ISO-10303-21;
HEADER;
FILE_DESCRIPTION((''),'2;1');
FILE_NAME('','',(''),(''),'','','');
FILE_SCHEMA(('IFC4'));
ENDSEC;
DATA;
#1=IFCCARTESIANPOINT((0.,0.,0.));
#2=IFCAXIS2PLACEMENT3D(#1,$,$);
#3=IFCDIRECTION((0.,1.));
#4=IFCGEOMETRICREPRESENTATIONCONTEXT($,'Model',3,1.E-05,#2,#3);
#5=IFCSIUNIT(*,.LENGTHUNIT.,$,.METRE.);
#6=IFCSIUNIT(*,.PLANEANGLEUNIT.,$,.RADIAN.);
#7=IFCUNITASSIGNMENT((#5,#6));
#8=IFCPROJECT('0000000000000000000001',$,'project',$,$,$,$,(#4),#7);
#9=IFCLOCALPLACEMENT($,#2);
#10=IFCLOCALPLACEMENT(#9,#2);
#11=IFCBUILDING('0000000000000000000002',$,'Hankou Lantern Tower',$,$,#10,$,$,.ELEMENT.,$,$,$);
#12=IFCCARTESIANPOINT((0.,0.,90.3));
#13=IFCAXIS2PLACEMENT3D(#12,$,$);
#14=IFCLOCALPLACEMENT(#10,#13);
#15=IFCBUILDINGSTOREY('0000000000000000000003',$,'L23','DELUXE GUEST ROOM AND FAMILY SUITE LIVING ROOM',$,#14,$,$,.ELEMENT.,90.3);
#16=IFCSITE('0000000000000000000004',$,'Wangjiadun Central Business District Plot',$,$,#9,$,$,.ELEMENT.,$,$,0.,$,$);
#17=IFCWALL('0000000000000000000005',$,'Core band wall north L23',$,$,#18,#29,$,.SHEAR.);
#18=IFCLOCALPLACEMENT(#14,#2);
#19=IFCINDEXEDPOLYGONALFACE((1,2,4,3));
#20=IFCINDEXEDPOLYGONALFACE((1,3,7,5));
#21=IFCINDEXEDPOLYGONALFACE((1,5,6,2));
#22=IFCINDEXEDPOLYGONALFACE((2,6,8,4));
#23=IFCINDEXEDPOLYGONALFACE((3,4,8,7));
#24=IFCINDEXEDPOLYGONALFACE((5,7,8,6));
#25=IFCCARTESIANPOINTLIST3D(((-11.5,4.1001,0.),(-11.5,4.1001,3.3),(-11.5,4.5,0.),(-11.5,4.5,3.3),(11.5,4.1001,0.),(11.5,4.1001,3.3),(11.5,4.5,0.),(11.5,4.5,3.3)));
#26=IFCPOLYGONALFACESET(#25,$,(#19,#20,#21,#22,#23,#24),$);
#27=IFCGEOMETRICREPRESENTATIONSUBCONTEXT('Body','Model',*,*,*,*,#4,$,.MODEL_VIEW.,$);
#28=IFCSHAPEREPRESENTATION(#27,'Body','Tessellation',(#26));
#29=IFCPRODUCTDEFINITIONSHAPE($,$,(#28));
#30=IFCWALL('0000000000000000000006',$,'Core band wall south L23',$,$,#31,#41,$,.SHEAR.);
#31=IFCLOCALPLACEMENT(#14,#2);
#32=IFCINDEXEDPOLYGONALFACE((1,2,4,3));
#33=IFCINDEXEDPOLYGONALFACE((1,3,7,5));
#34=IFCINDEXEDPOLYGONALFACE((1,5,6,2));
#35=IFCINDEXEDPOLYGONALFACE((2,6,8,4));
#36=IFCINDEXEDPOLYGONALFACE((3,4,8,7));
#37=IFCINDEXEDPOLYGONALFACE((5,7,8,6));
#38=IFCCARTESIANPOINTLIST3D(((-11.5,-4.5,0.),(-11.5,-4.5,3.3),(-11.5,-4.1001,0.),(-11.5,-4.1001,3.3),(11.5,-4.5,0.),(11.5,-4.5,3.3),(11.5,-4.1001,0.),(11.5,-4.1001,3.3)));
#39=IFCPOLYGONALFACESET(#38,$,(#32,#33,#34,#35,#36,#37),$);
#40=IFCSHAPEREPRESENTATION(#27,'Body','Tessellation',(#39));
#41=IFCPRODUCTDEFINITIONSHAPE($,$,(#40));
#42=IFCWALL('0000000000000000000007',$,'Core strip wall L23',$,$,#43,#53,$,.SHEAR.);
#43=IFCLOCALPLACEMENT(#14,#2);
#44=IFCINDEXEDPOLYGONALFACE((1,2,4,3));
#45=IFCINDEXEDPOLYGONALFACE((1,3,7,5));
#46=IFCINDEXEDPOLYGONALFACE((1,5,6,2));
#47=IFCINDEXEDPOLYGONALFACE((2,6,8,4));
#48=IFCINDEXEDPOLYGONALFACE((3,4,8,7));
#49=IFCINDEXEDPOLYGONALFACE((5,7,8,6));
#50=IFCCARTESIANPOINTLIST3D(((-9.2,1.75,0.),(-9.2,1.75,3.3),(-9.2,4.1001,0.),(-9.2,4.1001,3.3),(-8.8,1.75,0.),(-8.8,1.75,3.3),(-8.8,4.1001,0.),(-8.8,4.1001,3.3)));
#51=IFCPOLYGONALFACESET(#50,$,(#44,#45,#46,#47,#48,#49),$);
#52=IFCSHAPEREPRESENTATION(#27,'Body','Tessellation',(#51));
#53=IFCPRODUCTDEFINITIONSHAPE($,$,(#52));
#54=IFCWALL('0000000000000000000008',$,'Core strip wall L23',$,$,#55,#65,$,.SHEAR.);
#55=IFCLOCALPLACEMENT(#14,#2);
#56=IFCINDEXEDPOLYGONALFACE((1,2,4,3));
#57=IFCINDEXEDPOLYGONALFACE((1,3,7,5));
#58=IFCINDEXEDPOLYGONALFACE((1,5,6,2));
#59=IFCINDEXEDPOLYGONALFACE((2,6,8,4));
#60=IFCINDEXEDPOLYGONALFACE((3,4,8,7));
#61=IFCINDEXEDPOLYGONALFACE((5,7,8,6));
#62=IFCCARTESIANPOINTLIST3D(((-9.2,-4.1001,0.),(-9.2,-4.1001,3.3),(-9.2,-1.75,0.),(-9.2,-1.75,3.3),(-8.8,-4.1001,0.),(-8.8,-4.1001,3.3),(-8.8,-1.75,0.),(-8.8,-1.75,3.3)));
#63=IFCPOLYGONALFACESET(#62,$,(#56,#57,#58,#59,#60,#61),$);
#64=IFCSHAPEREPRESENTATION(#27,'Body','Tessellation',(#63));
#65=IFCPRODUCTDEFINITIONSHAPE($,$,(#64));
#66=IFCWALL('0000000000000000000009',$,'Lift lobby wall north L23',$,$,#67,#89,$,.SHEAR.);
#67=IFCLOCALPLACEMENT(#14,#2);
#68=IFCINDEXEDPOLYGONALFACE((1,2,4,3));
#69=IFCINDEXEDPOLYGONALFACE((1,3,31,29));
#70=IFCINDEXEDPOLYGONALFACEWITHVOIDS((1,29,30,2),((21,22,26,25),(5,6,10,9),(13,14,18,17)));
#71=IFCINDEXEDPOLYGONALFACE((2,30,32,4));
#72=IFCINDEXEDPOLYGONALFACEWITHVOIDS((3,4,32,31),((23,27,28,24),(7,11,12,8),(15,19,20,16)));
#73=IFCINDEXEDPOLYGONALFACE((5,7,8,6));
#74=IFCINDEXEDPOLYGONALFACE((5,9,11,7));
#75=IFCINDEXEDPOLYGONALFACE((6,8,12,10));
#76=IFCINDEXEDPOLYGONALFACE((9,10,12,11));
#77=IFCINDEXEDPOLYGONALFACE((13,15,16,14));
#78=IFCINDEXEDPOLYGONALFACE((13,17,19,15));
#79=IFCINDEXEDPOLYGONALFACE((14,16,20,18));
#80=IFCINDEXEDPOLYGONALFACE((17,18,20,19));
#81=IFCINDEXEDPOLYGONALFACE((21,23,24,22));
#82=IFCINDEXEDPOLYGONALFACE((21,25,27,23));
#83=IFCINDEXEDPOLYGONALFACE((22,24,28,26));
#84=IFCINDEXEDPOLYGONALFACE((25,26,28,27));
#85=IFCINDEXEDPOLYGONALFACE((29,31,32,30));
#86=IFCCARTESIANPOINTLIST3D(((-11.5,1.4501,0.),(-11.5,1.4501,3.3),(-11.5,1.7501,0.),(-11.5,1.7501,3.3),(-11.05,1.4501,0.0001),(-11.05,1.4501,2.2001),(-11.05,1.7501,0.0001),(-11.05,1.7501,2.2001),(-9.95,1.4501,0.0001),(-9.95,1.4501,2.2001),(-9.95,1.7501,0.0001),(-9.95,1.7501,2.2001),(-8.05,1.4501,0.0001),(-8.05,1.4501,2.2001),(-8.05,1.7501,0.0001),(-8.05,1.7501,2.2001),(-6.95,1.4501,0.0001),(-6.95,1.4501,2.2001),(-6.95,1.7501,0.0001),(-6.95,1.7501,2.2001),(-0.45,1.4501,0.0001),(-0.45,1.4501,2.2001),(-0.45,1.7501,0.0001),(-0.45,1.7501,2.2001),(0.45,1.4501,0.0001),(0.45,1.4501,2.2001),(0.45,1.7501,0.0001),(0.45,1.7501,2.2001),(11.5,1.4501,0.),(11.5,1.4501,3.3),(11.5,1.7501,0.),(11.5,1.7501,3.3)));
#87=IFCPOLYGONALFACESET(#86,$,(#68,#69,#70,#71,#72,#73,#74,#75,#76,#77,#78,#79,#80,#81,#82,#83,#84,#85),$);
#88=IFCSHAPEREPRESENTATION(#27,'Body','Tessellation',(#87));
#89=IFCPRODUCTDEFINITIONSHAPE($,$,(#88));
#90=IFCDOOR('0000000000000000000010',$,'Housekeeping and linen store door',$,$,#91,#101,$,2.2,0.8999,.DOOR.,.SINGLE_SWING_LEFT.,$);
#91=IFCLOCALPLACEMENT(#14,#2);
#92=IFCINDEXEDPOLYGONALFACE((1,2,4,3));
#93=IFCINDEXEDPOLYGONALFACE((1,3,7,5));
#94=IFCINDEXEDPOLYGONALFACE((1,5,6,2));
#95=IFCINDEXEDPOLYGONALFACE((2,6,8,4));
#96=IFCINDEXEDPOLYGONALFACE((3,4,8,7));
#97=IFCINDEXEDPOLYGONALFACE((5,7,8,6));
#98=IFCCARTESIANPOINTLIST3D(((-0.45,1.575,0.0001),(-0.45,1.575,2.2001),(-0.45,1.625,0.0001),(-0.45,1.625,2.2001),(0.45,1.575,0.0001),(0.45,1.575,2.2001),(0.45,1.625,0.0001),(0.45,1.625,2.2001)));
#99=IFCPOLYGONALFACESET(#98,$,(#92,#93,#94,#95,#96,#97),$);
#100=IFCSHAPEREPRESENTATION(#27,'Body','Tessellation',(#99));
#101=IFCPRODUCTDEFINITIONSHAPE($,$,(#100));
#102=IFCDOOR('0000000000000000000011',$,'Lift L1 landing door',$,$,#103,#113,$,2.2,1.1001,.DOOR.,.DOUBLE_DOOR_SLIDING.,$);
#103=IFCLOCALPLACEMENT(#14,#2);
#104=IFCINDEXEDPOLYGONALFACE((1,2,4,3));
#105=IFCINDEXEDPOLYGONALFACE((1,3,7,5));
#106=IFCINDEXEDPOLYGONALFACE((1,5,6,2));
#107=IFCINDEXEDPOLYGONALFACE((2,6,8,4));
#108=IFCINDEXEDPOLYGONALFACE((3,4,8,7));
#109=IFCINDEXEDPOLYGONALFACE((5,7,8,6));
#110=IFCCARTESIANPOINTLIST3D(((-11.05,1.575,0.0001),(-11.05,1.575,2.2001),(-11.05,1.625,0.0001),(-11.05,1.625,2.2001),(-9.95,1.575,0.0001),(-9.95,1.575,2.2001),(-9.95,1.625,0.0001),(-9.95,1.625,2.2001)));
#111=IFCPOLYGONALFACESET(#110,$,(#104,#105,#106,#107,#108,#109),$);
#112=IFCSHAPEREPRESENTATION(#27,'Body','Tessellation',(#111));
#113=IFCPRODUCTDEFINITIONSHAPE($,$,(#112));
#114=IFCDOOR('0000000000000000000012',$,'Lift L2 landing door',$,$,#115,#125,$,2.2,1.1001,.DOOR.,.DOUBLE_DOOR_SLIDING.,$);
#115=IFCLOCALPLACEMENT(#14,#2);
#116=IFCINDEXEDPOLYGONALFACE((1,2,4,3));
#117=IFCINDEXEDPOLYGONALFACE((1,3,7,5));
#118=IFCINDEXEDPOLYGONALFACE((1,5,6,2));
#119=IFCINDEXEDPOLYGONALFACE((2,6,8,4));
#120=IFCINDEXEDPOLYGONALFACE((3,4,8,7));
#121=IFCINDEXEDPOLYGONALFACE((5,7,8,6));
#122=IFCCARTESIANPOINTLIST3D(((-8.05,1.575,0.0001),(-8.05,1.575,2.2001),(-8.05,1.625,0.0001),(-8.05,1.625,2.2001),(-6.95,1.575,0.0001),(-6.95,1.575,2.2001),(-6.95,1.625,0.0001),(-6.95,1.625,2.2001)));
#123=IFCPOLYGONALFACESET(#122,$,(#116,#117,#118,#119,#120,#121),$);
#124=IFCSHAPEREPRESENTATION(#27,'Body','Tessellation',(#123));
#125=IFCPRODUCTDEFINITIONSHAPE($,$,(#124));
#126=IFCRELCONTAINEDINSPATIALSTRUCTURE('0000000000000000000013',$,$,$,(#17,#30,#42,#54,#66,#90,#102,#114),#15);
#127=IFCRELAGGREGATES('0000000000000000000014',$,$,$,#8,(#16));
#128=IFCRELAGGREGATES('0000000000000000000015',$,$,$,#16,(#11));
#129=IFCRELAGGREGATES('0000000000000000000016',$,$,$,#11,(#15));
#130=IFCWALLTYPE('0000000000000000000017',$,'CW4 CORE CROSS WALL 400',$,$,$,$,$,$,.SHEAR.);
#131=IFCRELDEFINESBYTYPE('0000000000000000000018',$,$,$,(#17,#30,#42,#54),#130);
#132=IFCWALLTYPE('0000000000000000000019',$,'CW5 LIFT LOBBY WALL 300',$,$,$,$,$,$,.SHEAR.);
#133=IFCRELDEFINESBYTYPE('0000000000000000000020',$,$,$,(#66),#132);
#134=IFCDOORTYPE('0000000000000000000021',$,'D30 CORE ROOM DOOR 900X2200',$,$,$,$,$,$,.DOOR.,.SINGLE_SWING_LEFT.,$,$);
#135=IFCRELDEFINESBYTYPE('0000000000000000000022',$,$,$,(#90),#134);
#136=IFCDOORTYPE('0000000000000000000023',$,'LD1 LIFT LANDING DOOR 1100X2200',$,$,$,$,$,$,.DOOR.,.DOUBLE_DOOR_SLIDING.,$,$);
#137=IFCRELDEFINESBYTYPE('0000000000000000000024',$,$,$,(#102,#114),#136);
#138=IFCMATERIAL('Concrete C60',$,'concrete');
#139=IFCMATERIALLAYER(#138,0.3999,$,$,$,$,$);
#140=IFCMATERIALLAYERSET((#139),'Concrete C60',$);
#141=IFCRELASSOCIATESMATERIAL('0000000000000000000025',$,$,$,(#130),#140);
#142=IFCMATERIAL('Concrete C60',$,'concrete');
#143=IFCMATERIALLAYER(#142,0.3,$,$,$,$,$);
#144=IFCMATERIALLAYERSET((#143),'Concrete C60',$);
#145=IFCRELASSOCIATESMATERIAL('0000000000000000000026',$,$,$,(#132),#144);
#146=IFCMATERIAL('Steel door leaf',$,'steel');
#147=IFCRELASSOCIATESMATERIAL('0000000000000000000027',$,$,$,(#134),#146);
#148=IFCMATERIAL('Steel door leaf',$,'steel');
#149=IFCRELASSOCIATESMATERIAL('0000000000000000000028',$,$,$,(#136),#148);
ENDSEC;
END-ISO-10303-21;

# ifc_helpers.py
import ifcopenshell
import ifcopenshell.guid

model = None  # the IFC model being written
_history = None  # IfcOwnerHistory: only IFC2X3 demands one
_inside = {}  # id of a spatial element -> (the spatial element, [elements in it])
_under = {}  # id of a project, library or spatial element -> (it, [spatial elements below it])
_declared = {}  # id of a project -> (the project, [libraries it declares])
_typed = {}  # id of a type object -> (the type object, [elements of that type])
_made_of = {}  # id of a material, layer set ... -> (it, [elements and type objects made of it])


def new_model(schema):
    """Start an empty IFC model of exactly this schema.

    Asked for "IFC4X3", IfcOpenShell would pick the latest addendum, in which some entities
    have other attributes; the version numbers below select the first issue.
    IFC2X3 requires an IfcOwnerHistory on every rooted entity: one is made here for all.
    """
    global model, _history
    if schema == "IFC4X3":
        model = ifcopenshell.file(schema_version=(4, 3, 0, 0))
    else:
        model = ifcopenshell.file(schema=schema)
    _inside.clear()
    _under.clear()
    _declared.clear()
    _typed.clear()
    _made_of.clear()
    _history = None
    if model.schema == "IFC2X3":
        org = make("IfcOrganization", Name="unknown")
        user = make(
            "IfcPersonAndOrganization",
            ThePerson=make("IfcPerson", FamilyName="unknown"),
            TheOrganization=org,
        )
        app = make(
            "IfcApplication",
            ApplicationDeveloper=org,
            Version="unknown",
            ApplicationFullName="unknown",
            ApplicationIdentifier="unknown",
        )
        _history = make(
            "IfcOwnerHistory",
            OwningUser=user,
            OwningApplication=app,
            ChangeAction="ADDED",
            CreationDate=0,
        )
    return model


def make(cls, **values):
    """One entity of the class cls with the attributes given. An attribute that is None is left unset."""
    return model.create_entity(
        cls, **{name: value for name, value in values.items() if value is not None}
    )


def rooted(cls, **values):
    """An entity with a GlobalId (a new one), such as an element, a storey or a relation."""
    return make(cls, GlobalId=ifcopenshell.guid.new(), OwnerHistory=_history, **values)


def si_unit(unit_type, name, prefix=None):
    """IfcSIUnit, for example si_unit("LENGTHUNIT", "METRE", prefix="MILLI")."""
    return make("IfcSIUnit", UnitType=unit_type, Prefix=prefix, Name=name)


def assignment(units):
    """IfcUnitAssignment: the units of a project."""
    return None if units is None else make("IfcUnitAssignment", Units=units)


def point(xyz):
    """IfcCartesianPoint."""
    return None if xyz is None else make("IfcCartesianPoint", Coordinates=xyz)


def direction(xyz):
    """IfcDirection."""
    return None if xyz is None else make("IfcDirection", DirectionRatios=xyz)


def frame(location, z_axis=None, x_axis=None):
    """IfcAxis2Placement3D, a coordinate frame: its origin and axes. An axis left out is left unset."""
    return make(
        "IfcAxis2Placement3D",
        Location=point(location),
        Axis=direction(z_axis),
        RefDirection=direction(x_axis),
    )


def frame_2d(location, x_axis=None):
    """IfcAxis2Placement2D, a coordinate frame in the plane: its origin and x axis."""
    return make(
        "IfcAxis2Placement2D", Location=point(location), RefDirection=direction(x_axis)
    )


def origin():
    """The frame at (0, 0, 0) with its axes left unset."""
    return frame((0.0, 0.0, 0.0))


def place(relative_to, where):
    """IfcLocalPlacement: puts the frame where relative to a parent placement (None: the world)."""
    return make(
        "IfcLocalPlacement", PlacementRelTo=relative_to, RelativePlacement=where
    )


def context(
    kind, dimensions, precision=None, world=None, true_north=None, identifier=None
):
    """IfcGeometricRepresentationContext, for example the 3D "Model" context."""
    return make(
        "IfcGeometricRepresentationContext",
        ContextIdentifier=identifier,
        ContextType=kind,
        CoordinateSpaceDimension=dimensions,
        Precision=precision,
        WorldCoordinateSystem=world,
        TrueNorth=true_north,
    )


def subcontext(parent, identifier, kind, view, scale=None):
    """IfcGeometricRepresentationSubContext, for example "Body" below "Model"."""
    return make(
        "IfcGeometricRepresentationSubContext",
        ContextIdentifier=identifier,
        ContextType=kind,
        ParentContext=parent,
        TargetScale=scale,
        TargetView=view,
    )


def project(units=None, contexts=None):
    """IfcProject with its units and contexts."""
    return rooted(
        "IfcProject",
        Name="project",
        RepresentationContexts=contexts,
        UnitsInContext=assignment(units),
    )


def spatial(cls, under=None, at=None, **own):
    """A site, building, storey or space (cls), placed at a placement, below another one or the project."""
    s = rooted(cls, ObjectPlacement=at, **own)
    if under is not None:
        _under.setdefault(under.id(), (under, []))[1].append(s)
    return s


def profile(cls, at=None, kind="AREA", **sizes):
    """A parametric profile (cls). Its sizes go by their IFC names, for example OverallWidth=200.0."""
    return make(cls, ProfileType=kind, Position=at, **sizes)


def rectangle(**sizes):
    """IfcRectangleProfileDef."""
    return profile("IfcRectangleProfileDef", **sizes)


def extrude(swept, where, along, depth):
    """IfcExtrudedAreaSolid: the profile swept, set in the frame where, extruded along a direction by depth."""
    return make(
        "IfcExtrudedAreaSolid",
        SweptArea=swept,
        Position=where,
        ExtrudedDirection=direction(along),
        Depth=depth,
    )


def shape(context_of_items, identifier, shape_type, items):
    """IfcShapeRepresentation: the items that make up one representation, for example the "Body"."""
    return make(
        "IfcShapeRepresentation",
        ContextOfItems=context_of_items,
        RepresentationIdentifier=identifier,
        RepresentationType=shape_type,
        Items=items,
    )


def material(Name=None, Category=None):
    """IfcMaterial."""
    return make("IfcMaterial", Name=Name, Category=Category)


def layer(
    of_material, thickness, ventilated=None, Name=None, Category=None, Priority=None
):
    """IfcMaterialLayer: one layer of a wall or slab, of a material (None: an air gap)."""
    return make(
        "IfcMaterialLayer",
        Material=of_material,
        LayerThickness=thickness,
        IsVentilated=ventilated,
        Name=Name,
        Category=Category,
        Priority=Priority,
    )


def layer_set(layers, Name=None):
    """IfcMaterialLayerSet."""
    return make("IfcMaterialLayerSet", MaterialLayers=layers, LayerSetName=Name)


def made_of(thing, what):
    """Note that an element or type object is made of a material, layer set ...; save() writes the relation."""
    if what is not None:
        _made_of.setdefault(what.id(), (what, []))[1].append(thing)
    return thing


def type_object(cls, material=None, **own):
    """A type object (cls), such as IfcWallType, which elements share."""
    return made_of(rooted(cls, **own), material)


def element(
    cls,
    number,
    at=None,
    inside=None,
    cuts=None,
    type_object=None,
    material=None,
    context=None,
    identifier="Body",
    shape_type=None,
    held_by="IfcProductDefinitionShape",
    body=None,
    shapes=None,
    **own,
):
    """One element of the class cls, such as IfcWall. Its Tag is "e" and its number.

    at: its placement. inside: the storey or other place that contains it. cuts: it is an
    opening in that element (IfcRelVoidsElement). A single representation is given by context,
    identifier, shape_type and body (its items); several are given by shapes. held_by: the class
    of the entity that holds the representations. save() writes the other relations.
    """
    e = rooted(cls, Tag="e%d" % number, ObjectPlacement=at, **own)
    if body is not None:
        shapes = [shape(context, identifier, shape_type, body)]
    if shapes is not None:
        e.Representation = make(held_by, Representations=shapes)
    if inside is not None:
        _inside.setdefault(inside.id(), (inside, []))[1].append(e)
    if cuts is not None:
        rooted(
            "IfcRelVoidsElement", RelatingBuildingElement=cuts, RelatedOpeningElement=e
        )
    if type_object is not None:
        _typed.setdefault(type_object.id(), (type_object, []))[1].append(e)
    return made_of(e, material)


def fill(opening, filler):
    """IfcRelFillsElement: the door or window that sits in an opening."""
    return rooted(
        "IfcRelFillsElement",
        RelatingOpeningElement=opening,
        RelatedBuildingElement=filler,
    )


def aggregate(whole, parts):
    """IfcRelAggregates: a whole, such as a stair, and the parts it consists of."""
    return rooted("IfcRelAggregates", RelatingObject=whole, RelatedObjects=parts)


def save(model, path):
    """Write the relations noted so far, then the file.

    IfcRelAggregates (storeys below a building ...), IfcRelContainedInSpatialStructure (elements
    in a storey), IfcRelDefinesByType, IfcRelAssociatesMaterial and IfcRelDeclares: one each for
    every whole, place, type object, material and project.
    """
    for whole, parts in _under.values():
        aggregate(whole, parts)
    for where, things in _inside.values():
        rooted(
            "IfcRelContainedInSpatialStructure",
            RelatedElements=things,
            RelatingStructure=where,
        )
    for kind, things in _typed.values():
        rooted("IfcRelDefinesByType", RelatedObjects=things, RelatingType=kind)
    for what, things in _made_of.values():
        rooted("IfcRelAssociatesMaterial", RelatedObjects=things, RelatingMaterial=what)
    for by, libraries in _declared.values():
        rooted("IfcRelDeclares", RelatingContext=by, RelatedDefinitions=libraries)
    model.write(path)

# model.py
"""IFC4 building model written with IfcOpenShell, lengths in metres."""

from ifc_helpers import new_model, si_unit, direction, frame, frame_2d, origin, place, context, subcontext, project, spatial, rectangle, extrude, material, layer, layer_set, type_object, element, fill, save


model = new_model("IFC4")

# Units and contexts
model_context = context("Model", 3, precision=1e-05, world=origin(), true_north=direction((0.0, 1.0)))
body_context = subcontext(model_context, "Body", "Model", "MODEL_VIEW")
ifc_project = project(units=[si_unit("LENGTHUNIT", "METRE"), si_unit("PLANEANGLEUNIT", "RADIAN")], contexts=[model_context])

# Site, building, storey
site_placement = place(None, origin())
site = spatial("IfcSite", under=ifc_project, at=site_placement, Name="Wangjiadun Central Business District Plot", CompositionType="ELEMENT", RefElevation=0.0)
building_placement = place(site_placement, origin())
building = spatial("IfcBuilding", under=site, at=building_placement, Name="Hankou Lantern Tower", CompositionType="ELEMENT")
storey_placement = place(building_placement, frame((0.0, 0.0, 90.3)))
storey = spatial("IfcBuildingStorey", under=building, at=storey_placement, Name="L23", Description="DELUXE GUEST ROOM AND FAMILY SUITE LIVING ROOM", CompositionType="ELEMENT", Elevation=90.3)

# Walls
ifc_material_1 = material(Name="Concrete C60", Category="concrete")
ifc_layer_1 = layer(ifc_material_1, 0.3999)
ifc_layer_set_1 = layer_set([ifc_layer_1], Name="Concrete C60")
wall_type_1 = type_object("IfcWallType", Name="CW4 CORE CROSS WALL 400", PredefinedType="SHEAR", material=ifc_layer_set_1)
for number, where, z_axis, x_axis, name in (
    (1, (-11.5, 4.3, 0.0), (0.0, 0.0, 1.0), (1.0, 0.0, 0.0), "Core band wall north L23"),
    (2, (-11.5, -4.3, 0.0), (0.0, 0.0, 1.0), (1.0, 0.0, 0.0), "Core band wall south L23"),
):
    element("IfcWall", number, at=place(storey_placement, frame(where, z_axis=z_axis, x_axis=x_axis)), inside=storey, type_object=wall_type_1, Name=name, PredefinedType="SHEAR", context=body_context, shape_type="SweptSolid", body=[
        extrude(rectangle(XDim=23.0, YDim=0.3999, at=frame_2d((11.5, 0.0))), origin(), (0.0, 0.0, 1.0), 3.3),
    ])
for number, where, z_axis, x_axis, name in (
    (3, (-9.0, 1.75, 0.0), (0.0, 0.0, 1.0), (0.0, 1.0, 0.0), "Core strip wall L23"),
    (4, (-9.0, -4.1001, 0.0), (0.0, 0.0, 1.0), (0.0, 1.0, 0.0), "Core strip wall L23"),
):
    element("IfcWall", number, at=place(storey_placement, frame(where, z_axis=z_axis, x_axis=x_axis)), inside=storey, type_object=wall_type_1, Name=name, PredefinedType="SHEAR", context=body_context, shape_type="SweptSolid", body=[
        extrude(rectangle(XDim=2.3501, YDim=0.3999, at=frame_2d((1.175, 0.0))), origin(), (0.0, 0.0, 1.0), 3.3),
    ])

# Wall, openings, doors
ifc_material_2 = material(Name="Concrete C60", Category="concrete")
ifc_layer_2 = layer(ifc_material_2, 0.3)
ifc_layer_set_2 = layer_set([ifc_layer_2], Name="Concrete C60")
wall_type_2 = type_object("IfcWallType", Name="CW5 LIFT LOBBY WALL 300", PredefinedType="SHEAR", material=ifc_layer_set_2)
wall_1_placement = place(storey_placement, frame((-11.5, 1.6001, 0.0), z_axis=(0.0, 0.0, 1.0), x_axis=(1.0, 0.0, 0.0)))
wall_1 = element("IfcWall", 5, at=wall_1_placement, inside=storey, type_object=wall_type_2, Name="Lift lobby wall north L23", PredefinedType="SHEAR", context=body_context, shape_type="SweptSolid", body=[
    extrude(rectangle(XDim=23.0, YDim=0.3, at=frame_2d((11.5, 0.0))), origin(), (0.0, 0.0, 1.0), 3.3),
])
opening_1_placement = place(wall_1_placement, frame((0.45, 0.0, 0.0)))
opening_1 = element("IfcOpeningElement", 6, at=opening_1_placement, cuts=wall_1, PredefinedType="OPENING", context=body_context, shape_type="SweptSolid", body=[
    extrude(rectangle(XDim=1.1001, YDim=2.2, at=frame_2d((0.55, 1.1001))), frame((0.0, 0.1599, 0.0), z_axis=(0.0, -1.0, 0.0), x_axis=(1.0, 0.0, 0.0)), (0.0, 0.0, 1.0), 0.3201),
])
opening_2_placement = place(wall_1_placement, frame((3.45, 0.0, 0.0)))
opening_2 = element("IfcOpeningElement", 7, at=opening_2_placement, cuts=wall_1, PredefinedType="OPENING", context=body_context, shape_type="SweptSolid", body=[
    extrude(rectangle(XDim=1.1001, YDim=2.2, at=frame_2d((0.55, 1.1001))), frame((0.0, 0.1599, 0.0), z_axis=(0.0, -1.0, 0.0), x_axis=(1.0, 0.0, 0.0)), (0.0, 0.0, 1.0), 0.3201),
])
opening_3_placement = place(wall_1_placement, frame((11.05, 0.0, 0.0)))
opening_3 = element("IfcOpeningElement", 8, at=opening_3_placement, cuts=wall_1, PredefinedType="OPENING", context=body_context, shape_type="SweptSolid", body=[
    extrude(rectangle(XDim=0.8999, YDim=2.2, at=frame_2d((0.45, 1.1001))), frame((0.0, 0.1599, 0.0), z_axis=(0.0, -1.0, 0.0), x_axis=(1.0, 0.0, 0.0)), (0.0, 0.0, 1.0), 0.3201),
])
ifc_material_3 = material(Name="Steel door leaf", Category="steel")
door_type_1 = type_object("IfcDoorType", Name="D30 CORE ROOM DOOR 900X2200", OperationType="SINGLE_SWING_LEFT", PredefinedType="DOOR", material=ifc_material_3)
door_1_placement = place(opening_3_placement, origin())
door_1 = element("IfcDoor", 9, at=door_1_placement, inside=storey, type_object=door_type_1, Name="Housekeeping and linen store door", OperationType="SINGLE_SWING_LEFT", OverallHeight=2.2, OverallWidth=0.8999, PredefinedType="DOOR", context=body_context, shape_type="SweptSolid", body=[
    extrude(rectangle(XDim=0.8999, YDim=2.2, at=frame_2d((0.45, 1.1001))), frame((0.0, 0.0249, 0.0), z_axis=(0.0, -1.0, 0.0), x_axis=(1.0, 0.0, 0.0)), (0.0, 0.0, 1.0), 0.05),
])
fill(opening_3, door_1)
ifc_material_4 = material(Name="Steel door leaf", Category="steel")
door_type_2 = type_object("IfcDoorType", Name="LD1 LIFT LANDING DOOR 1100X2200", OperationType="DOUBLE_DOOR_SLIDING", PredefinedType="DOOR", material=ifc_material_4)
door_2_placement = place(opening_1_placement, origin())
door_2 = element("IfcDoor", 10, at=door_2_placement, inside=storey, type_object=door_type_2, Name="Lift L1 landing door", OperationType="DOUBLE_DOOR_SLIDING", OverallHeight=2.2, OverallWidth=1.1001, PredefinedType="DOOR", context=body_context, shape_type="SweptSolid", body=[
    extrude(rectangle(XDim=1.1001, YDim=2.2, at=frame_2d((0.55, 1.1001))), frame((0.0, 0.0249, 0.0), z_axis=(0.0, -1.0, 0.0), x_axis=(1.0, 0.0, 0.0)), (0.0, 0.0, 1.0), 0.05),
])
fill(opening_1, door_2)
door_3_placement = place(opening_2_placement, origin())
door_3 = element("IfcDoor", 11, at=door_3_placement, inside=storey, type_object=door_type_2, Name="Lift L2 landing door", OperationType="DOUBLE_DOOR_SLIDING", OverallHeight=2.2, OverallWidth=1.1001, PredefinedType="DOOR", context=body_context, shape_type="SweptSolid", body=[
    extrude(rectangle(XDim=1.1001, YDim=2.2, at=frame_2d((0.55, 1.1001))), frame((0.0, 0.0249, 0.0), z_axis=(0.0, -1.0, 0.0), x_axis=(1.0, 0.0, 0.0)), (0.0, 0.0, 1.0), 0.05),
])
fill(opening_2, door_3)

save(model, "model.ifc")
